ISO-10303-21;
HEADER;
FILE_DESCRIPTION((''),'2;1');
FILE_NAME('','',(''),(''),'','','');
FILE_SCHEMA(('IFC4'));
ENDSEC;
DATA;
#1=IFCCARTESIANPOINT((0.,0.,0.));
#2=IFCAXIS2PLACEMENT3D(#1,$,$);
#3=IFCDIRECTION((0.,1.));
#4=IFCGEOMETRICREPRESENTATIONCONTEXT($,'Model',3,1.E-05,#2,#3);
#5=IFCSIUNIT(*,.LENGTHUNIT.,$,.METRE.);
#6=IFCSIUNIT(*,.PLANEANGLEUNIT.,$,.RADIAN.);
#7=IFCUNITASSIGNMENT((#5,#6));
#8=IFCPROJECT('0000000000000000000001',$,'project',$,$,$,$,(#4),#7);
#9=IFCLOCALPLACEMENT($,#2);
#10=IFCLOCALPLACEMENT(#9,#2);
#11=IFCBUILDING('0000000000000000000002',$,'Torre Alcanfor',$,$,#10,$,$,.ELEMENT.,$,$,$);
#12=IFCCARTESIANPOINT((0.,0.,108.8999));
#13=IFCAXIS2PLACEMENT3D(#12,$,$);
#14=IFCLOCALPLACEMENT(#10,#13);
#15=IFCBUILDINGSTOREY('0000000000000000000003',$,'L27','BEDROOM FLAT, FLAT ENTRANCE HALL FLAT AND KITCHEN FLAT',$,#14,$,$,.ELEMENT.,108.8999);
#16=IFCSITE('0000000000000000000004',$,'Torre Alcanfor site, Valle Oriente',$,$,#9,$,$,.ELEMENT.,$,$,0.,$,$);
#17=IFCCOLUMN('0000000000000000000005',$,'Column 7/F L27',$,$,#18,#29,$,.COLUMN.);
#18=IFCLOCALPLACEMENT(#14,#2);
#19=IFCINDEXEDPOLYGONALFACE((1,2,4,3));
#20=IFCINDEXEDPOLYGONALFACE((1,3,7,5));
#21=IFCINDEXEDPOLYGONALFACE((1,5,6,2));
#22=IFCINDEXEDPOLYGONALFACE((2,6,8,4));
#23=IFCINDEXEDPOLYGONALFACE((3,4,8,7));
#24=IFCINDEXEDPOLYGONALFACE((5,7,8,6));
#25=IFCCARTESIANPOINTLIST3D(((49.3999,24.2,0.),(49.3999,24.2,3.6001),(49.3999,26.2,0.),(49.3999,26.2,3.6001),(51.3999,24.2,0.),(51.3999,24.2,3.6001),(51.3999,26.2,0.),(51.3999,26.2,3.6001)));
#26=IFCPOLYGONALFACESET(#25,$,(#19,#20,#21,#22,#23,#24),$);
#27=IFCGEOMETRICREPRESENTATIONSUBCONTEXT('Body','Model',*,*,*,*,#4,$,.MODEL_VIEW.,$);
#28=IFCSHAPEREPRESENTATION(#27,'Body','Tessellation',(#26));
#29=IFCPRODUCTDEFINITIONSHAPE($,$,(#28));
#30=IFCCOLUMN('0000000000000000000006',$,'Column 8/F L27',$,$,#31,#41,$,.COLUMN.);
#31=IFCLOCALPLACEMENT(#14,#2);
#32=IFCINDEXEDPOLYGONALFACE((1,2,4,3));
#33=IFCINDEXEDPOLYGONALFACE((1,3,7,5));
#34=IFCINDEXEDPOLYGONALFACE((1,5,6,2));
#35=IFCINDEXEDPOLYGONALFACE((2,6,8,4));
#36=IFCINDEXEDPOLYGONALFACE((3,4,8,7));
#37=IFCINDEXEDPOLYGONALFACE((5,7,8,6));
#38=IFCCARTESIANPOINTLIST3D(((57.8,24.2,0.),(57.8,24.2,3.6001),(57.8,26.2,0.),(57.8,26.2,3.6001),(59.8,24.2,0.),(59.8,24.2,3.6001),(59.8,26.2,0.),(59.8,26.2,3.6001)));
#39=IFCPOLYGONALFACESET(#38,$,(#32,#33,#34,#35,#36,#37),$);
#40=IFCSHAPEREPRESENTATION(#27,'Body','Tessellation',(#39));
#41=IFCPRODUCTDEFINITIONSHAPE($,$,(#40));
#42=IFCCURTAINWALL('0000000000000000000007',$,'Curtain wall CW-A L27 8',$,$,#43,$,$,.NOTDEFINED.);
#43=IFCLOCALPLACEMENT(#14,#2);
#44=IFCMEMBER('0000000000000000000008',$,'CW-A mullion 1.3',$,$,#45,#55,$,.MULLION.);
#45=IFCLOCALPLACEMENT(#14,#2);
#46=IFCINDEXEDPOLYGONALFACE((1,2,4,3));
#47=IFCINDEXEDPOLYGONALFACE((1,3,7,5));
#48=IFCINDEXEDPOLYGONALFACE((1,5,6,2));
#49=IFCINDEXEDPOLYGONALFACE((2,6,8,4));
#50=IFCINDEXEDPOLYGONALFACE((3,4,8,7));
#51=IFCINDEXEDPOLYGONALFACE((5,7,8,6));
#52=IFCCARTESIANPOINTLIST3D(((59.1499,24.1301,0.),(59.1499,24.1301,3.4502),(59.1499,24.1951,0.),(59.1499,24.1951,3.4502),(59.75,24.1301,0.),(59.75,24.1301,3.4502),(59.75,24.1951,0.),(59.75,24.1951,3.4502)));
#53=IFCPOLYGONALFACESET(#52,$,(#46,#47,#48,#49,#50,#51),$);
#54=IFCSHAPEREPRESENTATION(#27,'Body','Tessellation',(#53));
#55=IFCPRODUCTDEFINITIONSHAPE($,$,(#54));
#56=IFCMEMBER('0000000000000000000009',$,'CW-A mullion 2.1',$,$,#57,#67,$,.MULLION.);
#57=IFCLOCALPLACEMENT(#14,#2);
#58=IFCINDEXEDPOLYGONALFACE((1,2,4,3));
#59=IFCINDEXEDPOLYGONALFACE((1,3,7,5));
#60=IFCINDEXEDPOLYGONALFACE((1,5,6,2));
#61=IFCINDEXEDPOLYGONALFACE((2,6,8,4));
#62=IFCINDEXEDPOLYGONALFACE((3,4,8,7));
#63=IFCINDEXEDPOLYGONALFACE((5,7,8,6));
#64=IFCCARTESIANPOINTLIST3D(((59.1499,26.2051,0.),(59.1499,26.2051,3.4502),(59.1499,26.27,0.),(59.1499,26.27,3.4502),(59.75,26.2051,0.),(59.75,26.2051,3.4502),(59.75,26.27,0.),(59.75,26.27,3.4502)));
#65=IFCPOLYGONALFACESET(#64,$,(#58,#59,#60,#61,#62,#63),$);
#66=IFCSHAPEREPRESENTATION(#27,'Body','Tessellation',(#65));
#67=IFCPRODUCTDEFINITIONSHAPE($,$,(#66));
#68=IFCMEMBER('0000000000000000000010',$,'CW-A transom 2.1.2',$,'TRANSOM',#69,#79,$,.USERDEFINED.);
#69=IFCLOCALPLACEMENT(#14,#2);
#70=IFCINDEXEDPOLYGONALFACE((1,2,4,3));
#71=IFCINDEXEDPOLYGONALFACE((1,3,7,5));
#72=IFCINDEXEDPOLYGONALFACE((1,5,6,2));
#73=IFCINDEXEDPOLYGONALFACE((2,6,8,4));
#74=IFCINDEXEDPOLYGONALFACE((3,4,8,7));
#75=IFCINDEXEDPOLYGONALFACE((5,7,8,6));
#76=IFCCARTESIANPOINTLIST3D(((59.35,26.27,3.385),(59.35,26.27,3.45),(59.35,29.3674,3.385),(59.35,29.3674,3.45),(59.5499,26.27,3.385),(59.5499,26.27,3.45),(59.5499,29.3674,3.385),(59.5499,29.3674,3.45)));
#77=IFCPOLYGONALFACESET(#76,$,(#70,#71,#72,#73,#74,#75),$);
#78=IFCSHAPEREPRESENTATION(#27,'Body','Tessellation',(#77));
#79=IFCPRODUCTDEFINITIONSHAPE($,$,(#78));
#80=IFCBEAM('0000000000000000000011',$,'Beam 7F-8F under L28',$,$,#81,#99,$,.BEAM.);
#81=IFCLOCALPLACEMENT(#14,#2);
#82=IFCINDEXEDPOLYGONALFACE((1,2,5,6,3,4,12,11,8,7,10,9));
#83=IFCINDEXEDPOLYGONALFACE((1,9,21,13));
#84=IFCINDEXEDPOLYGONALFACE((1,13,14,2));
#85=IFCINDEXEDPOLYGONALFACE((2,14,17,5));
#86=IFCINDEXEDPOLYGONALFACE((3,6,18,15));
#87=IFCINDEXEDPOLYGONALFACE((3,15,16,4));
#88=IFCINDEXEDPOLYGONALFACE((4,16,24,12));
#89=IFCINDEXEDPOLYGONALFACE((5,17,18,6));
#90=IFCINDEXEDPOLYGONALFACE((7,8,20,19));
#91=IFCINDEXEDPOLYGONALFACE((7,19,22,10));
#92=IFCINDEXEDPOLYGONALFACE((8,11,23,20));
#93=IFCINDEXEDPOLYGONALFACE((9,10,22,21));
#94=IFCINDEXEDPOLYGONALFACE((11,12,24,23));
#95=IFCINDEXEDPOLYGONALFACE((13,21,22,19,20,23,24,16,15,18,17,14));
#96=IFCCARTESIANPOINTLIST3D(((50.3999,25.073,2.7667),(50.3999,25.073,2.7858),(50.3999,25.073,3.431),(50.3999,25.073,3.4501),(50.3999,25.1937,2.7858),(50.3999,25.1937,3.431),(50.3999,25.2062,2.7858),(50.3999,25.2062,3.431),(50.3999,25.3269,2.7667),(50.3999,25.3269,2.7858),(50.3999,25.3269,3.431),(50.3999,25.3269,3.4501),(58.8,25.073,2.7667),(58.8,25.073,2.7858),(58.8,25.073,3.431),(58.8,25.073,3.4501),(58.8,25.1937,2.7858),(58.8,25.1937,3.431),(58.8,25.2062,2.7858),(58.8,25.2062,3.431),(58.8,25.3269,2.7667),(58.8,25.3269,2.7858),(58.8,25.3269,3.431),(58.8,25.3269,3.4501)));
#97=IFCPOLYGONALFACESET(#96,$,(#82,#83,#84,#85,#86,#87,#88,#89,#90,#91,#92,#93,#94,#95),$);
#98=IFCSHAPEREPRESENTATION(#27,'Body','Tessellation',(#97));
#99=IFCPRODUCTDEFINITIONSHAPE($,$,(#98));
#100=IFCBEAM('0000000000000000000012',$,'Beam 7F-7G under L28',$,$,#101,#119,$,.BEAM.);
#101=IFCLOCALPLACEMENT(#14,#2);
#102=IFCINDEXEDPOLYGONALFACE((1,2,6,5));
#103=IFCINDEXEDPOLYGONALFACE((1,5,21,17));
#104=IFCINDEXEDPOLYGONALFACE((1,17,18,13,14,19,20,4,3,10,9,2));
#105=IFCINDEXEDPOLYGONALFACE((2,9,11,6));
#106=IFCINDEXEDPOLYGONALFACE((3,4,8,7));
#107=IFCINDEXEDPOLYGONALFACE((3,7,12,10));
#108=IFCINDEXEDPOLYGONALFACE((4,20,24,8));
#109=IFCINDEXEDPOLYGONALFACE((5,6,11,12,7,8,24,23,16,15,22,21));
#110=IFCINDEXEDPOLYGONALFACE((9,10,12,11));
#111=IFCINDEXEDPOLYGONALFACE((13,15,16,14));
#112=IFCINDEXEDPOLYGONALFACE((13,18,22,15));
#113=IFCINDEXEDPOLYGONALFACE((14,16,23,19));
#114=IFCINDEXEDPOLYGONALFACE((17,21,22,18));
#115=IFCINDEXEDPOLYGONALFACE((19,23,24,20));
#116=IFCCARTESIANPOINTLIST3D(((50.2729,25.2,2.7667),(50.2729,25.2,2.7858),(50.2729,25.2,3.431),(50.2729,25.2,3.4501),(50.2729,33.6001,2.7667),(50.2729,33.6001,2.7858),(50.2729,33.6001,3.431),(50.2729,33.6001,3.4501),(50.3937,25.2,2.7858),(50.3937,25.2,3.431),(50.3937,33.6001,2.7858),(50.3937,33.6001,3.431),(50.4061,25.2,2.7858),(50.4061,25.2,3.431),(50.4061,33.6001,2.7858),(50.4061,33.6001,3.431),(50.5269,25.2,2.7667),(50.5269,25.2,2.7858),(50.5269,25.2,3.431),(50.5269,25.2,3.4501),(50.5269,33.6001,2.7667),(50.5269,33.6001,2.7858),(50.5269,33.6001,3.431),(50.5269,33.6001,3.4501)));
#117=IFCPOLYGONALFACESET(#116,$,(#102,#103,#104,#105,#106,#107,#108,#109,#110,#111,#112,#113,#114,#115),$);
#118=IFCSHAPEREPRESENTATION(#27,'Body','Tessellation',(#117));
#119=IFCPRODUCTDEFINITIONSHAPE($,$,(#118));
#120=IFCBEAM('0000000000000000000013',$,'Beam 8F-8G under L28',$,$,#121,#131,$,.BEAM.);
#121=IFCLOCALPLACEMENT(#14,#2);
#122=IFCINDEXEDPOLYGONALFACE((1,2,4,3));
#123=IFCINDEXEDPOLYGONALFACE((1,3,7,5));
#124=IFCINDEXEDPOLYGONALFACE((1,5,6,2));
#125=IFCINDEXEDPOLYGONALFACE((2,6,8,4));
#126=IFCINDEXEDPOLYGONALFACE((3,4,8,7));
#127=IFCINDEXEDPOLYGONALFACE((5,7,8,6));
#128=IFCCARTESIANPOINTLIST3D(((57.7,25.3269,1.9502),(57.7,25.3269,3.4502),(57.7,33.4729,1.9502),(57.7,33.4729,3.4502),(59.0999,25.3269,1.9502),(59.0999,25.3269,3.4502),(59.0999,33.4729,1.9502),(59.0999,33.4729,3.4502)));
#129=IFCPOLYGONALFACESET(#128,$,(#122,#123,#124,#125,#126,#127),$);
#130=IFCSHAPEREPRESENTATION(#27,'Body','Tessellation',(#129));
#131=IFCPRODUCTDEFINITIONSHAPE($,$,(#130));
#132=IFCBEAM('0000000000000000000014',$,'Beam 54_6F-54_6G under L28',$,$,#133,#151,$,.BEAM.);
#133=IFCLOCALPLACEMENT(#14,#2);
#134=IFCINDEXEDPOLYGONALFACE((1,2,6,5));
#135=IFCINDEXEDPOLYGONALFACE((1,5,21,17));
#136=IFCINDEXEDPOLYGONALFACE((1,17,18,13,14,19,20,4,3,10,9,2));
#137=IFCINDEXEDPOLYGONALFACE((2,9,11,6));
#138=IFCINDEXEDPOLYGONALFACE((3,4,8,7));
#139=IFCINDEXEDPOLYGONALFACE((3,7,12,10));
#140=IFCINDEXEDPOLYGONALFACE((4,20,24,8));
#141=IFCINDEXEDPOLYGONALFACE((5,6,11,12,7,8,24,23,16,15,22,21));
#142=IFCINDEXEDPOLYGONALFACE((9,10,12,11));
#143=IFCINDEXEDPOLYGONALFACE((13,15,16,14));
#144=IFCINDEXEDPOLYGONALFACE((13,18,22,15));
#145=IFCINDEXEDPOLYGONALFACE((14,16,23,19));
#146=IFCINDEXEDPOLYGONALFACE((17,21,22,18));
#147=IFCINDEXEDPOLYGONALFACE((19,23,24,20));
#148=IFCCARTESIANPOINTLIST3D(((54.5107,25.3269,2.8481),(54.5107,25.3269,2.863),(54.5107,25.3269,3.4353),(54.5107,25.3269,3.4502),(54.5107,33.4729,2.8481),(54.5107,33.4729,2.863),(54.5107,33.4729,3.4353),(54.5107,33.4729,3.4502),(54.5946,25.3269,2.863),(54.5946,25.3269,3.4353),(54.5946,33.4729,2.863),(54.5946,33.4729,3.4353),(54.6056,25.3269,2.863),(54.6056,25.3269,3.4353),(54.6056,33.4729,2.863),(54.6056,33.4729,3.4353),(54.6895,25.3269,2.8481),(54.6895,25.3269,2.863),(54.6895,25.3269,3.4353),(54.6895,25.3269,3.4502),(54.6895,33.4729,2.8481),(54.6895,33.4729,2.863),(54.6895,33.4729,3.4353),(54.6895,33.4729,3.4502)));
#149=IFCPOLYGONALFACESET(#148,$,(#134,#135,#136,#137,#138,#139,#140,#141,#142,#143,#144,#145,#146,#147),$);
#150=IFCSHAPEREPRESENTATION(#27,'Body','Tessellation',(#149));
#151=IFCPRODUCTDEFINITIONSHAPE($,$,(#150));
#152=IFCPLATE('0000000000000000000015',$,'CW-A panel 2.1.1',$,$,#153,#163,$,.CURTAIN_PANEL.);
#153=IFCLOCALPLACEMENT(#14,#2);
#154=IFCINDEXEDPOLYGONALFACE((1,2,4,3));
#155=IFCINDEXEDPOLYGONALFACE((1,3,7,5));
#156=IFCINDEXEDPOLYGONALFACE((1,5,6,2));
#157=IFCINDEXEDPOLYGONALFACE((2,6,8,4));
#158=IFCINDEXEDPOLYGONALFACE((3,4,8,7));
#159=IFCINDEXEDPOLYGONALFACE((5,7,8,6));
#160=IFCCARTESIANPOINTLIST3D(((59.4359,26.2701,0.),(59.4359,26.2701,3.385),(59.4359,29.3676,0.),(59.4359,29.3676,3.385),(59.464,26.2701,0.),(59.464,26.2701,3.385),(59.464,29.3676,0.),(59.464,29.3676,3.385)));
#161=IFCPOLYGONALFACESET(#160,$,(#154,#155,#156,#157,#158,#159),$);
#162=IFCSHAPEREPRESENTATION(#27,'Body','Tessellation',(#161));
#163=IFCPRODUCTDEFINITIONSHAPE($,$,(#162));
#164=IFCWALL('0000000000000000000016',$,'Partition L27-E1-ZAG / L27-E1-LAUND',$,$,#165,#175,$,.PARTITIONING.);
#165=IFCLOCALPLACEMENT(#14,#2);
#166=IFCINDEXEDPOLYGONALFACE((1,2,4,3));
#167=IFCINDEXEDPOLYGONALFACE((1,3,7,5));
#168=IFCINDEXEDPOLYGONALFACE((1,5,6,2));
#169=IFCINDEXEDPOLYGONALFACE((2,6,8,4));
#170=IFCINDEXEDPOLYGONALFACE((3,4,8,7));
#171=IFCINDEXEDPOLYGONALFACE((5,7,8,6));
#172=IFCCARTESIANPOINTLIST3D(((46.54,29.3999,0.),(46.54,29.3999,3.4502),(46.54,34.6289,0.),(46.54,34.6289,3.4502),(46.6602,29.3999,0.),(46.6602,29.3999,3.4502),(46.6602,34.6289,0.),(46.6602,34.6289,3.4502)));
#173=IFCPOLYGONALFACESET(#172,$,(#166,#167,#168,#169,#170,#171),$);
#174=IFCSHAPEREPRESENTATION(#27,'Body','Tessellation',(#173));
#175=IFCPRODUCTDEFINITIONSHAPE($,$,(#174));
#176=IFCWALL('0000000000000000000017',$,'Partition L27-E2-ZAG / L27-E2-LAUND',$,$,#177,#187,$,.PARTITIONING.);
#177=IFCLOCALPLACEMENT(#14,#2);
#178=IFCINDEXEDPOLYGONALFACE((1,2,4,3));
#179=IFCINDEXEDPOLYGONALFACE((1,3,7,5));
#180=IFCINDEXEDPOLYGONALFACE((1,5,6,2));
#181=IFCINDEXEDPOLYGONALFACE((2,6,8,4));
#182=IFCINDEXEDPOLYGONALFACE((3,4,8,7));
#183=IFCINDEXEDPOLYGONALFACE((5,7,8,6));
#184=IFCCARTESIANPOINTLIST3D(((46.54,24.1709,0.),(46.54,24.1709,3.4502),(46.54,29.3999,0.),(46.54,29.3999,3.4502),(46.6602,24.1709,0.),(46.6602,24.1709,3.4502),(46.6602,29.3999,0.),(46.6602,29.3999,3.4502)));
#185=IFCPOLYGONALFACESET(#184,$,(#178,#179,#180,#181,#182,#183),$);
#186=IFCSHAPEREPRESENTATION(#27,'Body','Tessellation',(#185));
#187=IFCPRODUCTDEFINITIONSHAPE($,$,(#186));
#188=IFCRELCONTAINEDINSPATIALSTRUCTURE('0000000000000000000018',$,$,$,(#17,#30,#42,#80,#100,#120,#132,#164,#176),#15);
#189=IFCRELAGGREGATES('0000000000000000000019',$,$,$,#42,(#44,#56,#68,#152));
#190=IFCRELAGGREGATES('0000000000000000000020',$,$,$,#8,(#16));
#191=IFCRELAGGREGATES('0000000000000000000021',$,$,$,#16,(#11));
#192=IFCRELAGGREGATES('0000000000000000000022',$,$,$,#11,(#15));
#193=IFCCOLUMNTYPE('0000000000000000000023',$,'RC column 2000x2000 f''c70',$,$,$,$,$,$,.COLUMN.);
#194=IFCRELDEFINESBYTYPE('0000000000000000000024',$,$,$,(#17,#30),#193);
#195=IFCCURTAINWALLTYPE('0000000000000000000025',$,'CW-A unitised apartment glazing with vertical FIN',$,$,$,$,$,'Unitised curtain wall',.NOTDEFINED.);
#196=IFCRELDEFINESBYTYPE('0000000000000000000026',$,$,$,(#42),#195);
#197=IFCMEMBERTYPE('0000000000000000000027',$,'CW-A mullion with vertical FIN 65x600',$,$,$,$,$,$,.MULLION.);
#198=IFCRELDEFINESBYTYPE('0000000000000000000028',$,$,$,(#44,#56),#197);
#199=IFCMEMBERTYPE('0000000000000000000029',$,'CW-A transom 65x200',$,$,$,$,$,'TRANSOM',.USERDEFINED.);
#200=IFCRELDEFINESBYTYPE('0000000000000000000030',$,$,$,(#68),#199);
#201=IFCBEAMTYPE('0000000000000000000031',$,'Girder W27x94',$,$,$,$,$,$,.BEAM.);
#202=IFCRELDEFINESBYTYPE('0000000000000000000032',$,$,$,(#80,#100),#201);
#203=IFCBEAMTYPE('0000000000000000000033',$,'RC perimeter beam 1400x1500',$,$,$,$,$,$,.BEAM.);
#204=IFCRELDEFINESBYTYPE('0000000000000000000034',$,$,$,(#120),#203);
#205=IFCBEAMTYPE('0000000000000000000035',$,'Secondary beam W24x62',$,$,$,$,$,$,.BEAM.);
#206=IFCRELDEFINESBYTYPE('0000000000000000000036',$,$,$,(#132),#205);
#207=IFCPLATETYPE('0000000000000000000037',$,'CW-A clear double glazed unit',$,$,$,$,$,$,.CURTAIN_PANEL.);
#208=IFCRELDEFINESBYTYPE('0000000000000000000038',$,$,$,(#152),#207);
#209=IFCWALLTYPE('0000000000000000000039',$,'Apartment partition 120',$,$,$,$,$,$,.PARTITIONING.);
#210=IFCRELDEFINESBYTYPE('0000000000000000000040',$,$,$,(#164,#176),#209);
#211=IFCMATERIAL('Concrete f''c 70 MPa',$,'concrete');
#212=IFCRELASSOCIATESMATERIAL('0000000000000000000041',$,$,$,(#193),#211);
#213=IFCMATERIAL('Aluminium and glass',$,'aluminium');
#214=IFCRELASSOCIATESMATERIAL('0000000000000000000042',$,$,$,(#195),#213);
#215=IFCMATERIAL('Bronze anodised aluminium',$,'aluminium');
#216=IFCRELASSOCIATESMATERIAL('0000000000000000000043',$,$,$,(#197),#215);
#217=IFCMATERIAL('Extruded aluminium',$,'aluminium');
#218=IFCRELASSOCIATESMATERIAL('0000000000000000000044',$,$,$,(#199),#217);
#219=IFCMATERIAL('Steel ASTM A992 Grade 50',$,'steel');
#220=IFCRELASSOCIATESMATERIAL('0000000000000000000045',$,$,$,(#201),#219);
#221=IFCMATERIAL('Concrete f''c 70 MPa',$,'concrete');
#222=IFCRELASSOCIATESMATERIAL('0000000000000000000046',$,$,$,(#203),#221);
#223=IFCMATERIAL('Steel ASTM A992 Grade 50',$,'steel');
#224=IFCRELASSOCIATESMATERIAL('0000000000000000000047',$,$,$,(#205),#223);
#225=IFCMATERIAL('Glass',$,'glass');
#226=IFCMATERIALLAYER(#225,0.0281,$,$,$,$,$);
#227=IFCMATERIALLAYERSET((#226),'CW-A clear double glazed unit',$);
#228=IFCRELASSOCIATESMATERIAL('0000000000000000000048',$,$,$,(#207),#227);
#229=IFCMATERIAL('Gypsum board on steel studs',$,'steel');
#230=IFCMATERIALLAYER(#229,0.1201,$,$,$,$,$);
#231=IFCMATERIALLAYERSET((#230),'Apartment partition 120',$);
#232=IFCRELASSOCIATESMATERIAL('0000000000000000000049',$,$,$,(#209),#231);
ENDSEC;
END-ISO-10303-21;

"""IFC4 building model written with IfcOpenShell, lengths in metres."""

from ifc_helpers import new_model, si_unit, direction, frame, frame_2d, origin, origin_2d, place, context, subcontext, project, spatial, rectangle, i_section, extrude, material, layer, layer_set, material_profile, profile_set, type_object, element, aggregate, save


model = new_model("IFC4")

# Units and contexts
model_context = context("Model", 3, precision=1e-05, world=origin(), true_north=direction((0.0, 1.0)))
body_context = subcontext(model_context, "Body", "Model", "MODEL_VIEW")
ifc_project = project(units=[si_unit("LENGTHUNIT", "METRE"), si_unit("PLANEANGLEUNIT", "RADIAN")], contexts=[model_context])

# Site, building, storey
site_placement = place(None, origin())
site = spatial("IfcSite", under=ifc_project, at=site_placement, Name="Torre Alcanfor site, Valle Oriente", CompositionType="ELEMENT", RefElevation=0.0)
building_placement = place(site_placement, origin())
building = spatial("IfcBuilding", under=site, at=building_placement, Name="Torre Alcanfor", CompositionType="ELEMENT")
storey_placement = place(building_placement, frame((0.0, 0.0, 108.8999)))
storey = spatial("IfcBuildingStorey", under=building, at=storey_placement, Name="L27", Description="BEDROOM FLAT, FLAT ENTRANCE HALL FLAT AND KITCHEN FLAT", CompositionType="ELEMENT", Elevation=108.8999)

# Columns
ifc_material_1 = material(Name="Concrete f'c 70 MPa", Category="concrete")
ifc_material_profile_1 = material_profile(ifc_material_1, rectangle(XDim=2.0, YDim=2.0, at=origin_2d()), Name="2000x2000")
ifc_profile_set_1 = profile_set([ifc_material_profile_1], Name="Concrete f'c 70 MPa")
column_type = type_object("IfcColumnType", Name="RC column 2000x2000 f'c70", PredefinedType="COLUMN", material=ifc_profile_set_1)
for number, where, z_axis, x_axis, name in (
    (1, (50.3999, 25.2, 0.0), (0.0, 0.0, 1.0), (1.0, 0.0, 0.0), "Column 7/F L27"),
    (2, (58.8, 25.2, 0.0), (0.0, 0.0, 1.0), (1.0, 0.0, 0.0), "Column 8/F L27"),
):
    element("IfcColumn", number, at=place(storey_placement, frame(where, z_axis=z_axis, x_axis=x_axis)), inside=storey, type_object=column_type, Name=name, PredefinedType="COLUMN", context=body_context, shape_type="SweptSolid", body=[
        extrude(rectangle(XDim=2.0, YDim=2.0, at=origin_2d()), origin(), (0.0, 0.0, 1.0), 3.6001),
    ])

# Curtain wall, members
ifc_material_2 = material(Name="Aluminium and glass", Category="aluminium")
curtain_wall_type = type_object("IfcCurtainWallType", Name="CW-A unitised apartment glazing with vertical FIN", ElementType="Unitised curtain wall", PredefinedType="NOTDEFINED", material=ifc_material_2)
curtain_wall_placement = place(storey_placement, origin())
curtain_wall = element("IfcCurtainWall", 3, at=curtain_wall_placement, inside=storey, type_object=curtain_wall_type, Name="Curtain wall CW-A L27 8", PredefinedType="NOTDEFINED")
ifc_material_3 = material(Name="Bronze anodised aluminium", Category="aluminium")
ifc_material_profile_2 = material_profile(ifc_material_3, rectangle(XDim=0.6001, YDim=0.0649, at=origin_2d()), Name="CW-A mullion 65x600")
ifc_profile_set_2 = profile_set([ifc_material_profile_2], Name="Bronze anodised aluminium")
member_type_1 = type_object("IfcMemberType", Name="CW-A mullion with vertical FIN 65x600", PredefinedType="MULLION", material=ifc_profile_set_2)
member_1_placement = place(storey_placement, frame((59.45, 24.1626, 0.0), z_axis=(0.0, 0.0, 1.0), x_axis=(-1.0, 0.0, 0.0)))
member_1 = element("IfcMember", 4, at=member_1_placement, type_object=member_type_1, Name="CW-A mullion 1.3", PredefinedType="MULLION", context=body_context, shape_type="SweptSolid", body=[
    extrude(rectangle(XDim=0.6001, YDim=0.0649, at=origin_2d()), origin(), (0.0, 0.0, 1.0), 3.4502),
])
member_2_placement = place(storey_placement, frame((59.45, 26.2375, 0.0), z_axis=(0.0, 0.0, 1.0), x_axis=(-1.0, 0.0, 0.0)))
member_2 = element("IfcMember", 5, at=member_2_placement, type_object=member_type_1, Name="CW-A mullion 2.1", PredefinedType="MULLION", context=body_context, shape_type="SweptSolid", body=[
    extrude(rectangle(XDim=0.6001, YDim=0.0649, at=origin_2d()), origin(), (0.0, 0.0, 1.0), 3.4502),
])
ifc_material_4 = material(Name="Extruded aluminium", Category="aluminium")
ifc_material_profile_3 = material_profile(ifc_material_4, rectangle(XDim=0.2, YDim=0.0649, at=origin_2d()), Name="CW-A transom 200x65")
ifc_profile_set_3 = profile_set([ifc_material_profile_3], Name="Extruded aluminium")
member_type_2 = type_object("IfcMemberType", Name="CW-A transom 65x200", ElementType="TRANSOM", PredefinedType="USERDEFINED", material=ifc_profile_set_3)
member_3_placement = place(storey_placement, frame((59.45, 26.27, 3.4175), z_axis=(0.0, 1.0, 0.0), x_axis=(-1.0, 0.0, 0.0)))
member_3 = element("IfcMember", 6, at=member_3_placement, type_object=member_type_2, Name="CW-A transom 2.1.2", ObjectType="TRANSOM", PredefinedType="USERDEFINED", context=body_context, shape_type="SweptSolid", body=[
    extrude(rectangle(XDim=0.2, YDim=0.0649, at=origin_2d()), origin(), (0.0, 0.0, 1.0), 3.0974),
])

# Beams
ifc_material_5 = material(Name="Steel ASTM A992 Grade 50", Category="steel")
ifc_material_profile_4 = material_profile(ifc_material_5, i_section(OverallWidth=0.2539, OverallDepth=0.6833, WebThickness=0.0125, FlangeThickness=0.019, at=origin_2d()), Name="W27x94")
ifc_profile_set_4 = profile_set([ifc_material_profile_4], Name="Steel ASTM A992 Grade 50")
beam_type_1 = type_object("IfcBeamType", Name="Girder W27x94", PredefinedType="BEAM", material=ifc_profile_set_4)
for number, where, z_axis, x_axis, name in (
    (7, (50.3999, 25.2, 3.1084), (1.0, 0.0, 0.0), (0.0, 1.0, 0.0), "Beam 7F-8F under L28"),
    (8, (50.3999, 25.2, 3.1084), (0.0, 1.0, 0.0), (-1.0, 0.0, 0.0), "Beam 7F-7G under L28"),
):
    element("IfcBeam", number, at=place(storey_placement, frame(where, z_axis=z_axis, x_axis=x_axis)), inside=storey, type_object=beam_type_1, Name=name, PredefinedType="BEAM", context=body_context, shape_type="SweptSolid", body=[
        extrude(i_section(OverallWidth=0.2539, OverallDepth=0.6833, WebThickness=0.0125, FlangeThickness=0.019, at=origin_2d()), origin(), (0.0, 0.0, 1.0), 8.4001),
    ])
ifc_material_6 = material(Name="Concrete f'c 70 MPa", Category="concrete")
ifc_material_profile_5 = material_profile(ifc_material_6, rectangle(XDim=1.3999, YDim=1.5, at=origin_2d()), Name="1400x1500")
ifc_profile_set_5 = profile_set([ifc_material_profile_5], Name="Concrete f'c 70 MPa")
beam_type_2 = type_object("IfcBeamType", Name="RC perimeter beam 1400x1500", PredefinedType="BEAM", material=ifc_profile_set_5)
beam_1_placement = place(storey_placement, frame((58.3999, 25.3269, 2.7002), z_axis=(0.0, 1.0, 0.0), x_axis=(-1.0, 0.0, 0.0)))
element("IfcBeam", 9, at=beam_1_placement, inside=storey, type_object=beam_type_2, Name="Beam 8F-8G under L28", PredefinedType="BEAM", context=body_context, shape_type="SweptSolid", body=[
    extrude(rectangle(XDim=1.3999, YDim=1.5, at=origin_2d()), origin(), (0.0, 0.0, 1.0), 8.146),
])
ifc_material_7 = material(Name="Steel ASTM A992 Grade 50", Category="steel")
ifc_material_profile_6 = material_profile(ifc_material_7, i_section(OverallWidth=0.1787, OverallDepth=0.6021, WebThickness=0.011, FlangeThickness=0.0149, at=origin_2d()), Name="W24x62")
ifc_profile_set_6 = profile_set([ifc_material_profile_6], Name="Steel ASTM A992 Grade 50")
beam_type_3 = type_object("IfcBeamType", Name="Secondary beam W24x62", PredefinedType="BEAM", material=ifc_profile_set_6)
beam_2_placement = place(storey_placement, frame((54.6001, 25.3269, 3.1492), z_axis=(0.0, 1.0, 0.0), x_axis=(-1.0, 0.0, 0.0)))
element("IfcBeam", 10, at=beam_2_placement, inside=storey, type_object=beam_type_3, Name="Beam 54_6F-54_6G under L28", PredefinedType="BEAM", context=body_context, shape_type="SweptSolid", body=[
    extrude(i_section(OverallWidth=0.1787, OverallDepth=0.6021, WebThickness=0.011, FlangeThickness=0.0149, at=origin_2d()), origin(), (0.0, 0.0, 1.0), 8.146),
])

# Plate
ifc_material_8 = material(Name="Glass", Category="glass")
ifc_layer_1 = layer(ifc_material_8, 0.0281)
ifc_layer_set_1 = layer_set([ifc_layer_1], Name="CW-A clear double glazed unit")
plate_type = type_object("IfcPlateType", Name="CW-A clear double glazed unit", PredefinedType="CURTAIN_PANEL", material=ifc_layer_set_1)
plate_placement = place(storey_placement, frame((59.45, 27.8188, 0.0), z_axis=(0.0, 0.0, 1.0), x_axis=(0.0, 1.0, 0.0)))
plate = element("IfcPlate", 11, at=plate_placement, type_object=plate_type, Name="CW-A panel 2.1.1", PredefinedType="CURTAIN_PANEL", context=body_context, shape_type="SweptSolid", body=[
    extrude(rectangle(XDim=3.0974, YDim=0.0281, at=origin_2d()), origin(), (0.0, 0.0, 1.0), 3.385),
])
aggregate(curtain_wall, [member_1, member_2, member_3, plate])

# Walls
ifc_material_9 = material(Name="Gypsum board on steel studs", Category="steel")
ifc_layer_2 = layer(ifc_material_9, 0.1201)
ifc_layer_set_2 = layer_set([ifc_layer_2], Name="Apartment partition 120")
wall_type_1 = type_object("IfcWallType", Name="Apartment partition 120", PredefinedType="PARTITIONING", material=ifc_layer_set_2)
for number, where, z_axis, x_axis, name in (
    (12, (46.6001, 29.3999, 0.0), (0.0, 0.0, 1.0), (0.0, 1.0, 0.0), "Partition L27-E1-ZAG / L27-E1-LAUND"),
    (13, (46.6001, 29.3999, 0.0), (0.0, 0.0, 1.0), (0.0, -1.0, 0.0), "Partition L27-E2-ZAG / L27-E2-LAUND"),
):
    element("IfcWall", number, at=place(storey_placement, frame(where, z_axis=z_axis, x_axis=x_axis)), inside=storey, type_object=wall_type_1, Name=name, PredefinedType="PARTITIONING", context=body_context, shape_type="SweptSolid", body=[
        extrude(rectangle(XDim=5.229, YDim=0.1201, at=frame_2d((2.6145, 0.0))), origin(), (0.0, 0.0, 1.0), 3.4502),
    ])

save(model, "model.ifc")
